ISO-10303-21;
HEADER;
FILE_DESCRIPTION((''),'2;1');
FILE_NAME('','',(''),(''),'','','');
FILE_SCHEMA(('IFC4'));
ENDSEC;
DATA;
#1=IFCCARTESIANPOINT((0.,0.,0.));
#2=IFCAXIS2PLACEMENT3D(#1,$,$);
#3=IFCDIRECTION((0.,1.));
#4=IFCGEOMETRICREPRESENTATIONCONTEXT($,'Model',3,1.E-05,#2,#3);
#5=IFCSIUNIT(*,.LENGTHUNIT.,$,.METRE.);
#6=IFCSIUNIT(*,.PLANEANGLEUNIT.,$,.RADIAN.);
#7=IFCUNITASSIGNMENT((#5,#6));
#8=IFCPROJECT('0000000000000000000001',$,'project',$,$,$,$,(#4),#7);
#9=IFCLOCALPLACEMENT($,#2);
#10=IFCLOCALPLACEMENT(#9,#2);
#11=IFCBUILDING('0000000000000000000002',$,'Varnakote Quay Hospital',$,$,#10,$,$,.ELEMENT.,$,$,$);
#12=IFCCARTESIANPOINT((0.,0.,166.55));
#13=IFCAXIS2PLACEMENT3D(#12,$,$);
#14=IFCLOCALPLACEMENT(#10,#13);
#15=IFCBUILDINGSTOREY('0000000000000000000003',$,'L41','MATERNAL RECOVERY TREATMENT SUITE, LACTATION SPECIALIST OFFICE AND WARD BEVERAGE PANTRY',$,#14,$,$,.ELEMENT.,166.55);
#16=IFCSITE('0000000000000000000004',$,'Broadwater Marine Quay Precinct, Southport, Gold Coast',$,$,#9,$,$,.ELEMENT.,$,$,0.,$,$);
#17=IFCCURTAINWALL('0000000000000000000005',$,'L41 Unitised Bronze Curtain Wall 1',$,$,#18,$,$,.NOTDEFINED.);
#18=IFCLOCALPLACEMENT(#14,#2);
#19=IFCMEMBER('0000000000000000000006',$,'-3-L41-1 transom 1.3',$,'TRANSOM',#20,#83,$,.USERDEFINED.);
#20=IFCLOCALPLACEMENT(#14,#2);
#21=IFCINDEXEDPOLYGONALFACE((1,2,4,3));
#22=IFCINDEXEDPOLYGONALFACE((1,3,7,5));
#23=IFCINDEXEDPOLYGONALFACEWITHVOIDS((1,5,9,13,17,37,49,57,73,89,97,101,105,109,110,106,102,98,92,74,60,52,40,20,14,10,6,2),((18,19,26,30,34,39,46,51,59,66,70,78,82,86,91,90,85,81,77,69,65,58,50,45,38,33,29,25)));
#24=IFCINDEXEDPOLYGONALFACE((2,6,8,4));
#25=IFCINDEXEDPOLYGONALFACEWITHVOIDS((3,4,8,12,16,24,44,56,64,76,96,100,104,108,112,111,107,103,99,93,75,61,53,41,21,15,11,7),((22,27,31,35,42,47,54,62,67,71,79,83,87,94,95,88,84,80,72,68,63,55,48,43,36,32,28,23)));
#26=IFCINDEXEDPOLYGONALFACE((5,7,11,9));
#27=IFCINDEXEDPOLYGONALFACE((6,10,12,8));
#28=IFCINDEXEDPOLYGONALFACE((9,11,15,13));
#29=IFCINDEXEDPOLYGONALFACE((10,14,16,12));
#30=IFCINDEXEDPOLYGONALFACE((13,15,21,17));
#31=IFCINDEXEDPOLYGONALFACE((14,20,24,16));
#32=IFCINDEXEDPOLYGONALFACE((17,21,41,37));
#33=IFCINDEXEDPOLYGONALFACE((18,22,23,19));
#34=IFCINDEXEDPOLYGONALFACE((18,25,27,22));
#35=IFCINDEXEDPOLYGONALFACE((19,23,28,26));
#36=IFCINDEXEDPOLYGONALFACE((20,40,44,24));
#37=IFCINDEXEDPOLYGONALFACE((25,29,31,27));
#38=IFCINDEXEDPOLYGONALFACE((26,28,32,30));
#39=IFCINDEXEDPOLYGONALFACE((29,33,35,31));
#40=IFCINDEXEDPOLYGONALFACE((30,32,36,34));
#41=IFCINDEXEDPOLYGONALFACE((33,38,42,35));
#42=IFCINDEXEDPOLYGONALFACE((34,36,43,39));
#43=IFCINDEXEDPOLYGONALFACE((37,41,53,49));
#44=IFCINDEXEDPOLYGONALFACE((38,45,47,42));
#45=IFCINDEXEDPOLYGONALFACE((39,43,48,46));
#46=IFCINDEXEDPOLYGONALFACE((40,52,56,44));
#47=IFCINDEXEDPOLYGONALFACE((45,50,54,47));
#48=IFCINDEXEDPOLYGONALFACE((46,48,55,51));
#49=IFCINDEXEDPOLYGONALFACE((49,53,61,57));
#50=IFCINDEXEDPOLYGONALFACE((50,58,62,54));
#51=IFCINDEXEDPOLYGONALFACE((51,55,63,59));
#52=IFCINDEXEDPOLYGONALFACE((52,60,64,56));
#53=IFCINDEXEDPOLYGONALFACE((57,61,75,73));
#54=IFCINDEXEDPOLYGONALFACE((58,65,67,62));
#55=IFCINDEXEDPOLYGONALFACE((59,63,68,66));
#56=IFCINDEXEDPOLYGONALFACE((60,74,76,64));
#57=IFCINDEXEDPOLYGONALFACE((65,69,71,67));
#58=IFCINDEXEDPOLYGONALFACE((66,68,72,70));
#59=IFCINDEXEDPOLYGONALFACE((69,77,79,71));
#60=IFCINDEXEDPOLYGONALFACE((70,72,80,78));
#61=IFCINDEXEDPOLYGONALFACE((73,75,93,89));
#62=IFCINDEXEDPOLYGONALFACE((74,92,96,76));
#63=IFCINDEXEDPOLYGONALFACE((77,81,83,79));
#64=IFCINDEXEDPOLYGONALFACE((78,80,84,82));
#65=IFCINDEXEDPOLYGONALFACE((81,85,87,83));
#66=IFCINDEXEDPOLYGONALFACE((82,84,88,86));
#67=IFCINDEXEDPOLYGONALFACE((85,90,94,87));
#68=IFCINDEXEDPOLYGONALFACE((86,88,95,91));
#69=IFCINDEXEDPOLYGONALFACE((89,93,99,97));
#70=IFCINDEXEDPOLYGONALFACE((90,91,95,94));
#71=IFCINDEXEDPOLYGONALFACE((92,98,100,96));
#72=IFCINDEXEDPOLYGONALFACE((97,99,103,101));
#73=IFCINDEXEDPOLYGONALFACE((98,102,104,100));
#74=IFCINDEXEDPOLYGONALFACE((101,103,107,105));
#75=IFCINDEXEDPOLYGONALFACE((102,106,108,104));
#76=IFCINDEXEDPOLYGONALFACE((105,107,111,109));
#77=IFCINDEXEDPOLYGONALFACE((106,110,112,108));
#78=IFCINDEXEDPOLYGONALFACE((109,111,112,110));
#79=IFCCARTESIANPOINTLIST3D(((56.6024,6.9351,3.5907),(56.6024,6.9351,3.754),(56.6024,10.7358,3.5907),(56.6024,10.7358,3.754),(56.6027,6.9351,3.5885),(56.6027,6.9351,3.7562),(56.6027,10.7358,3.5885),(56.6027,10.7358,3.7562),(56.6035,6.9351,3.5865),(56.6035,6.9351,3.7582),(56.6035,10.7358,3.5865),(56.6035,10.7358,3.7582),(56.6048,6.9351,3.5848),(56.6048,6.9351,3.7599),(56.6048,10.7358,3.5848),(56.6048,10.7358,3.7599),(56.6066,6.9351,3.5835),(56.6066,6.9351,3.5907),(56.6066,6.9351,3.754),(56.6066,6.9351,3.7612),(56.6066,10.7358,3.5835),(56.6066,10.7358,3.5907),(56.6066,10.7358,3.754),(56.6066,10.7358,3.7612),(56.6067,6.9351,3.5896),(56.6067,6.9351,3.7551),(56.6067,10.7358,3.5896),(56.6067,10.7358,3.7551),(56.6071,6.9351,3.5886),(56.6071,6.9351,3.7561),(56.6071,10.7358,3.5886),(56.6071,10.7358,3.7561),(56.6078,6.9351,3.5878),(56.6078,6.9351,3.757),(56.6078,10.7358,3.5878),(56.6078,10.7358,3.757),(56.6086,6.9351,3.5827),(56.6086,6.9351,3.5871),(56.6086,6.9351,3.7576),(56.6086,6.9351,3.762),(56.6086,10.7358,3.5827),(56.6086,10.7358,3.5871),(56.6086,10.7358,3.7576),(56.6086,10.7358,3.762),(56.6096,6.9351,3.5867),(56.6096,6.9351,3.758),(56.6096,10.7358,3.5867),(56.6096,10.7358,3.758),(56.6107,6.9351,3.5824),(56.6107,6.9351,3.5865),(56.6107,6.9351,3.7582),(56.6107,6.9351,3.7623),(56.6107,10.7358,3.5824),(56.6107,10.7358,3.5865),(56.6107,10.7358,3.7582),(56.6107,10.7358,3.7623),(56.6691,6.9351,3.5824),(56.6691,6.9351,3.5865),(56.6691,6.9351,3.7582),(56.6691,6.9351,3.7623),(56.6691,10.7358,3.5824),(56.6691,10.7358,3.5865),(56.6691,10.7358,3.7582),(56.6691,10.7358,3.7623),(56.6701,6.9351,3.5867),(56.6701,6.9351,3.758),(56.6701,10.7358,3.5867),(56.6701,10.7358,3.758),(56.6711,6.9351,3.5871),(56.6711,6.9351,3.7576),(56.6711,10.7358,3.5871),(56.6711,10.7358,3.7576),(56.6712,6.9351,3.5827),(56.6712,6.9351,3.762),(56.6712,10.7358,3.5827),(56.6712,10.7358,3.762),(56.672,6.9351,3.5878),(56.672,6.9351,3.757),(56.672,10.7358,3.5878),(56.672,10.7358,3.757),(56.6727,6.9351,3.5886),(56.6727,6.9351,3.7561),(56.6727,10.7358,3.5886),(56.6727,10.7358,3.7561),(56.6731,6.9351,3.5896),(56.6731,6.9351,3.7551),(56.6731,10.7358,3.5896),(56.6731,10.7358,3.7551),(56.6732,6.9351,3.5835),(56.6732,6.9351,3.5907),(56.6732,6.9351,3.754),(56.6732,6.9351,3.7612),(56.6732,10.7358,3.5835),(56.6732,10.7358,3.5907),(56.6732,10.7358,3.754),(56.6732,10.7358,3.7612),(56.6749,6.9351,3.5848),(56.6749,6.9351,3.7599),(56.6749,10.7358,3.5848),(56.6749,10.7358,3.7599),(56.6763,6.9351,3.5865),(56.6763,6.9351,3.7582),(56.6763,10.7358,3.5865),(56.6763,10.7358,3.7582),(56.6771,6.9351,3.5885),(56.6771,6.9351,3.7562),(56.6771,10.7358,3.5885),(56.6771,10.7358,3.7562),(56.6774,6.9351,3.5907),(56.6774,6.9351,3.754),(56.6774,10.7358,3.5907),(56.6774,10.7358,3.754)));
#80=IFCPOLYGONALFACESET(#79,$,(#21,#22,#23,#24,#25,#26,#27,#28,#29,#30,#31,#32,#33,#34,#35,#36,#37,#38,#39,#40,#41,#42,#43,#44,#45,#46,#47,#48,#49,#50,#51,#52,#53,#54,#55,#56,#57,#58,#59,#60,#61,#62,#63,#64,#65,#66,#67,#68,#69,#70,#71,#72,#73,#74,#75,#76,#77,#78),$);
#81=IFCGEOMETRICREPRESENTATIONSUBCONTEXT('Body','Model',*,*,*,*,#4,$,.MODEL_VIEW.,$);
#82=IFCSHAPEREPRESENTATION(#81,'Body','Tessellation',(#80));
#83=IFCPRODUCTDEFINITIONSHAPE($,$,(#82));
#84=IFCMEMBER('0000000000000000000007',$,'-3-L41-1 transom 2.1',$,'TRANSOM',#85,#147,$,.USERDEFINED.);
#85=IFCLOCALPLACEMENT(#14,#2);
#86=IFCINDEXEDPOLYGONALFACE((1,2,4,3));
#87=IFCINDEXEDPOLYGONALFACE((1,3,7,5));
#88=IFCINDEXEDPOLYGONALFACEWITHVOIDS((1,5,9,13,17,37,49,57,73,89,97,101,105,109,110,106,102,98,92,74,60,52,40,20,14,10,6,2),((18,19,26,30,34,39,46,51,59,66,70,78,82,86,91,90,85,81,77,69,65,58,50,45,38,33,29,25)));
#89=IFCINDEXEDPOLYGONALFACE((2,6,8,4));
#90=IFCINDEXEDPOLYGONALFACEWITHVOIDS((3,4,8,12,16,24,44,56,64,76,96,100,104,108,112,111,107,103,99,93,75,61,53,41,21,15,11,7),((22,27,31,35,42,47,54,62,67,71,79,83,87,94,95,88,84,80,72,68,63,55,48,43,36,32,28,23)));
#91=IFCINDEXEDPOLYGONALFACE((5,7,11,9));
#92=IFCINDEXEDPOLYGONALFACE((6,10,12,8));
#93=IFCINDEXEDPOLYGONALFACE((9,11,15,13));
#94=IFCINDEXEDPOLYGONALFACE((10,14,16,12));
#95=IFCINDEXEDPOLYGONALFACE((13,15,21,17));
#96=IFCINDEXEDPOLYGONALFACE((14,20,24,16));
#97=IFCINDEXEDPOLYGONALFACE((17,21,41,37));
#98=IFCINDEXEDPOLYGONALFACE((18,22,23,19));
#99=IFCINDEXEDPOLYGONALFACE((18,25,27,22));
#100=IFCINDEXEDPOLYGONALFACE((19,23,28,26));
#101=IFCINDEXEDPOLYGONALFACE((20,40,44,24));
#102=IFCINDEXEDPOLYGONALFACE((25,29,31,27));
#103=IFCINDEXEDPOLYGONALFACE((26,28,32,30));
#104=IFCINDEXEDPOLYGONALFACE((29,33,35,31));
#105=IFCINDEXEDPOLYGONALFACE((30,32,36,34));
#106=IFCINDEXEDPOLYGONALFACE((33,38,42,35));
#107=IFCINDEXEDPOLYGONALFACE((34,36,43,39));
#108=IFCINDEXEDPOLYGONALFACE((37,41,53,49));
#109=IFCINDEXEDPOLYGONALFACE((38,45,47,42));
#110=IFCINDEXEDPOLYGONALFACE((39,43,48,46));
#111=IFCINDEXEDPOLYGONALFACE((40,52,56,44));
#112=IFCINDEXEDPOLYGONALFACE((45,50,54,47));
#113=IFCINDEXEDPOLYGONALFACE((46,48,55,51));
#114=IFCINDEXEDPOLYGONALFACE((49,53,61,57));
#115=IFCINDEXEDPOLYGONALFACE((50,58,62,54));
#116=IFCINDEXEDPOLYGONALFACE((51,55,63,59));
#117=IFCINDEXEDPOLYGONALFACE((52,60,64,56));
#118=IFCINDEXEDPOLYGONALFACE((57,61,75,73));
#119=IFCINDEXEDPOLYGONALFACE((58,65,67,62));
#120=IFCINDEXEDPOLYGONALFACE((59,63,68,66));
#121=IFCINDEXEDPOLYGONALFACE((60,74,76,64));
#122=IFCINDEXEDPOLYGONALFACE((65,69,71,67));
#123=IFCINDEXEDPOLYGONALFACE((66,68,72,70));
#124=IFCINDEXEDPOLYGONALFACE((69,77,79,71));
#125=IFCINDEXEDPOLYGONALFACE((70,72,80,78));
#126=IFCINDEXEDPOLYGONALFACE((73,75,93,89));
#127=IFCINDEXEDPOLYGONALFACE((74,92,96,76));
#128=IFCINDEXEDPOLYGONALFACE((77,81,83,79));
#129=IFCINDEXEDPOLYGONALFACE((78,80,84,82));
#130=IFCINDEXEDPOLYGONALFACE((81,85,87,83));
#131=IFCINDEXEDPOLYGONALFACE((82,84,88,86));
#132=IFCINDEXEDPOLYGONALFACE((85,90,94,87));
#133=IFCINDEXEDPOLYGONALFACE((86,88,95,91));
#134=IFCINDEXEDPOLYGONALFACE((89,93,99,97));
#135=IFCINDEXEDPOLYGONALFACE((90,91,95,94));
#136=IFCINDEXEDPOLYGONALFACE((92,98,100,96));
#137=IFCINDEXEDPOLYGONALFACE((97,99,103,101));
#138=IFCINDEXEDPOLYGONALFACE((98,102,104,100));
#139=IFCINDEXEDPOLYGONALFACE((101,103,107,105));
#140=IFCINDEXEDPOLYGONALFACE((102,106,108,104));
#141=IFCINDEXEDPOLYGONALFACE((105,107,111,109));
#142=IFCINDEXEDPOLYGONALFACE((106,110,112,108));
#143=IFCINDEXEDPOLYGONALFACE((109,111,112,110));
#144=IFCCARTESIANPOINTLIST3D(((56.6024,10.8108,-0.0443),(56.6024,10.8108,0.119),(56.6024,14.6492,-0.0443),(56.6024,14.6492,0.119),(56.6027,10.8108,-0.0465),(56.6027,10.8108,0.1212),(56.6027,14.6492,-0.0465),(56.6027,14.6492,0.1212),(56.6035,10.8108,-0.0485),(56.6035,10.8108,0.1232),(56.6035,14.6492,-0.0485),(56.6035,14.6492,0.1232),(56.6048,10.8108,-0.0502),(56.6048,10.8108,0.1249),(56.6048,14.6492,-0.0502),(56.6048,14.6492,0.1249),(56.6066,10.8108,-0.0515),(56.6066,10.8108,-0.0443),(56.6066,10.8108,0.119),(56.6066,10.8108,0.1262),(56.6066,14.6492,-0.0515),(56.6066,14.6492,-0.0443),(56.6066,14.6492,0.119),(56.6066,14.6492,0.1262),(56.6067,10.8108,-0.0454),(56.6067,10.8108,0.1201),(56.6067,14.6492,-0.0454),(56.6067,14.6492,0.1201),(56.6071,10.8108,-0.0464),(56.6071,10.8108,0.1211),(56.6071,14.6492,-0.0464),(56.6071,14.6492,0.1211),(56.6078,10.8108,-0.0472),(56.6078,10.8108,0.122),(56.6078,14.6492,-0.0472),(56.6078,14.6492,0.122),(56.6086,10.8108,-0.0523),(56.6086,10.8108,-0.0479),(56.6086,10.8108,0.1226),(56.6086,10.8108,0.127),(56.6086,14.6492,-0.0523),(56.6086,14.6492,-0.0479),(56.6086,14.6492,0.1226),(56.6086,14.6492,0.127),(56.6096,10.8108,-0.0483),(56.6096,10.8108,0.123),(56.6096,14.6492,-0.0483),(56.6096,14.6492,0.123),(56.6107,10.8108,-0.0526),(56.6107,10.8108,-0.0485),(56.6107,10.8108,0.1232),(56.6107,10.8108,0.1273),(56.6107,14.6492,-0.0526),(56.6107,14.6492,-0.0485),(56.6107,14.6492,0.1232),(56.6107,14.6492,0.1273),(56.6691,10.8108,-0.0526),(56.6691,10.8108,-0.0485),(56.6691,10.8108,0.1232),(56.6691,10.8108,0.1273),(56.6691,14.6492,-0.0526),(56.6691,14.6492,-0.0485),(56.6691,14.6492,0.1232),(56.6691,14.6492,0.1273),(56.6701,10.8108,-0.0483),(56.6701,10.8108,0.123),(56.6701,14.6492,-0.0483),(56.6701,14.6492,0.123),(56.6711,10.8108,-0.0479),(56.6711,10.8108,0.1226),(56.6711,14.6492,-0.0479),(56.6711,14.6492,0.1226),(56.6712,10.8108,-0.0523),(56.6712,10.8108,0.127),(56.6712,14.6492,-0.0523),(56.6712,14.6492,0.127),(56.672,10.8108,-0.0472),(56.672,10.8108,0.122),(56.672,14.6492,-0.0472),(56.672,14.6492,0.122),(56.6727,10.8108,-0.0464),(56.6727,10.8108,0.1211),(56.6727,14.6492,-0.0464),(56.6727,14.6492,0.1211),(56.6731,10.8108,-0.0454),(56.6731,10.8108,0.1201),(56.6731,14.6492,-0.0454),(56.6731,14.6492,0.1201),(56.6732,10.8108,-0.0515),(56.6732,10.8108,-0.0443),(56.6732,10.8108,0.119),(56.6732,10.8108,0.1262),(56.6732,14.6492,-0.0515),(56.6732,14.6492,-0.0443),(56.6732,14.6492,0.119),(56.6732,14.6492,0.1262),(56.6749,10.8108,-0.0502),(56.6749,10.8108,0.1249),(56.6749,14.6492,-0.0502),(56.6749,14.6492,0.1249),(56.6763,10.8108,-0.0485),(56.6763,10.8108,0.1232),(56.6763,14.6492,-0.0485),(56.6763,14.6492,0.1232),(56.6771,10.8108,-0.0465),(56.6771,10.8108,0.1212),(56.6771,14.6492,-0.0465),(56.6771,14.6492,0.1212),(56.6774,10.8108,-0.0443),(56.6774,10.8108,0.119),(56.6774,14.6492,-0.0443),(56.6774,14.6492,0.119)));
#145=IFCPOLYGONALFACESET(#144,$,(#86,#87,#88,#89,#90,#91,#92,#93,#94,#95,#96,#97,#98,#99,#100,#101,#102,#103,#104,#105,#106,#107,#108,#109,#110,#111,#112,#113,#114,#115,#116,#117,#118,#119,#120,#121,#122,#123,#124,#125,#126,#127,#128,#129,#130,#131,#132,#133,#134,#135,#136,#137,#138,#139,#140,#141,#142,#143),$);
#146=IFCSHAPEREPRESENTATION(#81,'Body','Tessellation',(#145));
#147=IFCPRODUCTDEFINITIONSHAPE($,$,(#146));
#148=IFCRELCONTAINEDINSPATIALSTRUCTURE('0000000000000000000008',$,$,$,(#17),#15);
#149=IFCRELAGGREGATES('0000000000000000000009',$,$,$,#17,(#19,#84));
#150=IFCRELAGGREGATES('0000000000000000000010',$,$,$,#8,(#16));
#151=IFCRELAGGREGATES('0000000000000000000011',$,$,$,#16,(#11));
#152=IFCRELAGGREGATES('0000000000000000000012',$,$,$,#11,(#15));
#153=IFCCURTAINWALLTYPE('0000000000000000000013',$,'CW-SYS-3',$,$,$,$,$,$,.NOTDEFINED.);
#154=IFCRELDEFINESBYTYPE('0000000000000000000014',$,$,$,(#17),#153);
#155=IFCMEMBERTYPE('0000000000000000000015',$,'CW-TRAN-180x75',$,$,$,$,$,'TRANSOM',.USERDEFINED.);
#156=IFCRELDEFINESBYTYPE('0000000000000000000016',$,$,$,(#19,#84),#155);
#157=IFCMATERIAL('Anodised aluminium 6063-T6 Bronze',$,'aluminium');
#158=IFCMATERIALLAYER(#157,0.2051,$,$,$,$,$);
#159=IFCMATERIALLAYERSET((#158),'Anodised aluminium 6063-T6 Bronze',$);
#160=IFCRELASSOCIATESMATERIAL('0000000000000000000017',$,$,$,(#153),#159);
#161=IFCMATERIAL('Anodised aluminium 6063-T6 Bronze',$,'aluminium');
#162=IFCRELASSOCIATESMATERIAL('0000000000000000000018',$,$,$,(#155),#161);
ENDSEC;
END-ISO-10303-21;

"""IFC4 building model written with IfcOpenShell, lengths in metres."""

from ifc_helpers import new_model, si_unit, direction, frame, origin, origin_2d, place, context, subcontext, project, spatial, hollow_rectangle, extrude, material, layer, layer_set, material_profile, profile_set, type_object, element, aggregate, save


model = new_model("IFC4")

# Units and contexts
model_context = context("Model", 3, precision=1e-05, world=origin(), true_north=direction((0.0, 1.0)))
body_context = subcontext(model_context, "Body", "Model", "MODEL_VIEW")
ifc_project = project(units=[si_unit("LENGTHUNIT", "METRE"), si_unit("PLANEANGLEUNIT", "RADIAN")], contexts=[model_context])

# Site, building, storey
site_placement = place(None, origin())
site = spatial("IfcSite", under=ifc_project, at=site_placement, Name="Broadwater Marine Quay Precinct, Southport, Gold Coast", CompositionType="ELEMENT", RefElevation=0.0)
building_placement = place(site_placement, origin())
building = spatial("IfcBuilding", under=site, at=building_placement, Name="Varnakote Quay Hospital", CompositionType="ELEMENT")
storey_placement = place(building_placement, frame((0.0, 0.0, 166.55)))
storey = spatial("IfcBuildingStorey", under=building, at=storey_placement, Name="L41", Description="MATERNAL RECOVERY TREATMENT SUITE, LACTATION SPECIALIST OFFICE AND WARD BEVERAGE PANTRY", CompositionType="ELEMENT", Elevation=166.55)

# Curtain wall, members
ifc_material_1 = material(Name="Anodised aluminium 6063-T6 Bronze", Category="aluminium")
ifc_layer_1 = layer(ifc_material_1, 0.2051)
ifc_layer_set_1 = layer_set([ifc_layer_1], Name="Anodised aluminium 6063-T6 Bronze")
curtain_wall_type = type_object("IfcCurtainWallType", Name="CW-SYS-3", PredefinedType="NOTDEFINED", material=ifc_layer_set_1)
curtain_wall_placement = place(storey_placement, origin())
curtain_wall = element("IfcCurtainWall", 1, at=curtain_wall_placement, inside=storey, type_object=curtain_wall_type, Name="L41 Unitised Bronze Curtain Wall 1", PredefinedType="NOTDEFINED")
ifc_material_2 = material(Name="Anodised aluminium 6063-T6 Bronze", Category="aluminium")
ifc_material_profile_1 = material_profile(ifc_material_2, hollow_rectangle(XDim=0.075, YDim=0.1799, WallThickness=0.0042, InnerFilletRadius=0.0042, OuterFilletRadius=0.0083, at=origin_2d()), Name="CW-TRAN-180x75")
ifc_profile_set_1 = profile_set([ifc_material_profile_1], Name="Anodised aluminium 6063-T6 Bronze")
member_type_1 = type_object("IfcMemberType", Name="CW-TRAN-180x75", ElementType="TRANSOM", PredefinedType="USERDEFINED", material=ifc_profile_set_1)
member_1_placement = place(storey_placement, frame((56.6399, 6.9351, 3.6724), z_axis=(0.0, 1.0, 0.0), x_axis=(-1.0, 0.0, 0.0)))
member_1 = element("IfcMember", 2, at=member_1_placement, type_object=member_type_1, Name="-3-L41-1 transom 1.3", ObjectType="TRANSOM", PredefinedType="USERDEFINED", context=body_context, shape_type="SweptSolid", body=[
    extrude(hollow_rectangle(XDim=0.075, YDim=0.1799, WallThickness=0.0042, InnerFilletRadius=0.0042, OuterFilletRadius=0.0083, at=origin_2d()), origin(), (0.0, 0.0, 1.0), 3.8008),
])
member_2_placement = place(storey_placement, frame((56.6399, 10.8108, 0.0374), z_axis=(0.0, 1.0, 0.0), x_axis=(-1.0, 0.0, 0.0)))
member_2 = element("IfcMember", 3, at=member_2_placement, type_object=member_type_1, Name="-3-L41-1 transom 2.1", ObjectType="TRANSOM", PredefinedType="USERDEFINED", context=body_context, shape_type="SweptSolid", body=[
    extrude(hollow_rectangle(XDim=0.075, YDim=0.1799, WallThickness=0.0042, InnerFilletRadius=0.0042, OuterFilletRadius=0.0083, at=origin_2d()), origin(), (0.0, 0.0, 1.0), 3.8384),
])
aggregate(curtain_wall, [member_1, member_2])

save(model, "model.ifc")
